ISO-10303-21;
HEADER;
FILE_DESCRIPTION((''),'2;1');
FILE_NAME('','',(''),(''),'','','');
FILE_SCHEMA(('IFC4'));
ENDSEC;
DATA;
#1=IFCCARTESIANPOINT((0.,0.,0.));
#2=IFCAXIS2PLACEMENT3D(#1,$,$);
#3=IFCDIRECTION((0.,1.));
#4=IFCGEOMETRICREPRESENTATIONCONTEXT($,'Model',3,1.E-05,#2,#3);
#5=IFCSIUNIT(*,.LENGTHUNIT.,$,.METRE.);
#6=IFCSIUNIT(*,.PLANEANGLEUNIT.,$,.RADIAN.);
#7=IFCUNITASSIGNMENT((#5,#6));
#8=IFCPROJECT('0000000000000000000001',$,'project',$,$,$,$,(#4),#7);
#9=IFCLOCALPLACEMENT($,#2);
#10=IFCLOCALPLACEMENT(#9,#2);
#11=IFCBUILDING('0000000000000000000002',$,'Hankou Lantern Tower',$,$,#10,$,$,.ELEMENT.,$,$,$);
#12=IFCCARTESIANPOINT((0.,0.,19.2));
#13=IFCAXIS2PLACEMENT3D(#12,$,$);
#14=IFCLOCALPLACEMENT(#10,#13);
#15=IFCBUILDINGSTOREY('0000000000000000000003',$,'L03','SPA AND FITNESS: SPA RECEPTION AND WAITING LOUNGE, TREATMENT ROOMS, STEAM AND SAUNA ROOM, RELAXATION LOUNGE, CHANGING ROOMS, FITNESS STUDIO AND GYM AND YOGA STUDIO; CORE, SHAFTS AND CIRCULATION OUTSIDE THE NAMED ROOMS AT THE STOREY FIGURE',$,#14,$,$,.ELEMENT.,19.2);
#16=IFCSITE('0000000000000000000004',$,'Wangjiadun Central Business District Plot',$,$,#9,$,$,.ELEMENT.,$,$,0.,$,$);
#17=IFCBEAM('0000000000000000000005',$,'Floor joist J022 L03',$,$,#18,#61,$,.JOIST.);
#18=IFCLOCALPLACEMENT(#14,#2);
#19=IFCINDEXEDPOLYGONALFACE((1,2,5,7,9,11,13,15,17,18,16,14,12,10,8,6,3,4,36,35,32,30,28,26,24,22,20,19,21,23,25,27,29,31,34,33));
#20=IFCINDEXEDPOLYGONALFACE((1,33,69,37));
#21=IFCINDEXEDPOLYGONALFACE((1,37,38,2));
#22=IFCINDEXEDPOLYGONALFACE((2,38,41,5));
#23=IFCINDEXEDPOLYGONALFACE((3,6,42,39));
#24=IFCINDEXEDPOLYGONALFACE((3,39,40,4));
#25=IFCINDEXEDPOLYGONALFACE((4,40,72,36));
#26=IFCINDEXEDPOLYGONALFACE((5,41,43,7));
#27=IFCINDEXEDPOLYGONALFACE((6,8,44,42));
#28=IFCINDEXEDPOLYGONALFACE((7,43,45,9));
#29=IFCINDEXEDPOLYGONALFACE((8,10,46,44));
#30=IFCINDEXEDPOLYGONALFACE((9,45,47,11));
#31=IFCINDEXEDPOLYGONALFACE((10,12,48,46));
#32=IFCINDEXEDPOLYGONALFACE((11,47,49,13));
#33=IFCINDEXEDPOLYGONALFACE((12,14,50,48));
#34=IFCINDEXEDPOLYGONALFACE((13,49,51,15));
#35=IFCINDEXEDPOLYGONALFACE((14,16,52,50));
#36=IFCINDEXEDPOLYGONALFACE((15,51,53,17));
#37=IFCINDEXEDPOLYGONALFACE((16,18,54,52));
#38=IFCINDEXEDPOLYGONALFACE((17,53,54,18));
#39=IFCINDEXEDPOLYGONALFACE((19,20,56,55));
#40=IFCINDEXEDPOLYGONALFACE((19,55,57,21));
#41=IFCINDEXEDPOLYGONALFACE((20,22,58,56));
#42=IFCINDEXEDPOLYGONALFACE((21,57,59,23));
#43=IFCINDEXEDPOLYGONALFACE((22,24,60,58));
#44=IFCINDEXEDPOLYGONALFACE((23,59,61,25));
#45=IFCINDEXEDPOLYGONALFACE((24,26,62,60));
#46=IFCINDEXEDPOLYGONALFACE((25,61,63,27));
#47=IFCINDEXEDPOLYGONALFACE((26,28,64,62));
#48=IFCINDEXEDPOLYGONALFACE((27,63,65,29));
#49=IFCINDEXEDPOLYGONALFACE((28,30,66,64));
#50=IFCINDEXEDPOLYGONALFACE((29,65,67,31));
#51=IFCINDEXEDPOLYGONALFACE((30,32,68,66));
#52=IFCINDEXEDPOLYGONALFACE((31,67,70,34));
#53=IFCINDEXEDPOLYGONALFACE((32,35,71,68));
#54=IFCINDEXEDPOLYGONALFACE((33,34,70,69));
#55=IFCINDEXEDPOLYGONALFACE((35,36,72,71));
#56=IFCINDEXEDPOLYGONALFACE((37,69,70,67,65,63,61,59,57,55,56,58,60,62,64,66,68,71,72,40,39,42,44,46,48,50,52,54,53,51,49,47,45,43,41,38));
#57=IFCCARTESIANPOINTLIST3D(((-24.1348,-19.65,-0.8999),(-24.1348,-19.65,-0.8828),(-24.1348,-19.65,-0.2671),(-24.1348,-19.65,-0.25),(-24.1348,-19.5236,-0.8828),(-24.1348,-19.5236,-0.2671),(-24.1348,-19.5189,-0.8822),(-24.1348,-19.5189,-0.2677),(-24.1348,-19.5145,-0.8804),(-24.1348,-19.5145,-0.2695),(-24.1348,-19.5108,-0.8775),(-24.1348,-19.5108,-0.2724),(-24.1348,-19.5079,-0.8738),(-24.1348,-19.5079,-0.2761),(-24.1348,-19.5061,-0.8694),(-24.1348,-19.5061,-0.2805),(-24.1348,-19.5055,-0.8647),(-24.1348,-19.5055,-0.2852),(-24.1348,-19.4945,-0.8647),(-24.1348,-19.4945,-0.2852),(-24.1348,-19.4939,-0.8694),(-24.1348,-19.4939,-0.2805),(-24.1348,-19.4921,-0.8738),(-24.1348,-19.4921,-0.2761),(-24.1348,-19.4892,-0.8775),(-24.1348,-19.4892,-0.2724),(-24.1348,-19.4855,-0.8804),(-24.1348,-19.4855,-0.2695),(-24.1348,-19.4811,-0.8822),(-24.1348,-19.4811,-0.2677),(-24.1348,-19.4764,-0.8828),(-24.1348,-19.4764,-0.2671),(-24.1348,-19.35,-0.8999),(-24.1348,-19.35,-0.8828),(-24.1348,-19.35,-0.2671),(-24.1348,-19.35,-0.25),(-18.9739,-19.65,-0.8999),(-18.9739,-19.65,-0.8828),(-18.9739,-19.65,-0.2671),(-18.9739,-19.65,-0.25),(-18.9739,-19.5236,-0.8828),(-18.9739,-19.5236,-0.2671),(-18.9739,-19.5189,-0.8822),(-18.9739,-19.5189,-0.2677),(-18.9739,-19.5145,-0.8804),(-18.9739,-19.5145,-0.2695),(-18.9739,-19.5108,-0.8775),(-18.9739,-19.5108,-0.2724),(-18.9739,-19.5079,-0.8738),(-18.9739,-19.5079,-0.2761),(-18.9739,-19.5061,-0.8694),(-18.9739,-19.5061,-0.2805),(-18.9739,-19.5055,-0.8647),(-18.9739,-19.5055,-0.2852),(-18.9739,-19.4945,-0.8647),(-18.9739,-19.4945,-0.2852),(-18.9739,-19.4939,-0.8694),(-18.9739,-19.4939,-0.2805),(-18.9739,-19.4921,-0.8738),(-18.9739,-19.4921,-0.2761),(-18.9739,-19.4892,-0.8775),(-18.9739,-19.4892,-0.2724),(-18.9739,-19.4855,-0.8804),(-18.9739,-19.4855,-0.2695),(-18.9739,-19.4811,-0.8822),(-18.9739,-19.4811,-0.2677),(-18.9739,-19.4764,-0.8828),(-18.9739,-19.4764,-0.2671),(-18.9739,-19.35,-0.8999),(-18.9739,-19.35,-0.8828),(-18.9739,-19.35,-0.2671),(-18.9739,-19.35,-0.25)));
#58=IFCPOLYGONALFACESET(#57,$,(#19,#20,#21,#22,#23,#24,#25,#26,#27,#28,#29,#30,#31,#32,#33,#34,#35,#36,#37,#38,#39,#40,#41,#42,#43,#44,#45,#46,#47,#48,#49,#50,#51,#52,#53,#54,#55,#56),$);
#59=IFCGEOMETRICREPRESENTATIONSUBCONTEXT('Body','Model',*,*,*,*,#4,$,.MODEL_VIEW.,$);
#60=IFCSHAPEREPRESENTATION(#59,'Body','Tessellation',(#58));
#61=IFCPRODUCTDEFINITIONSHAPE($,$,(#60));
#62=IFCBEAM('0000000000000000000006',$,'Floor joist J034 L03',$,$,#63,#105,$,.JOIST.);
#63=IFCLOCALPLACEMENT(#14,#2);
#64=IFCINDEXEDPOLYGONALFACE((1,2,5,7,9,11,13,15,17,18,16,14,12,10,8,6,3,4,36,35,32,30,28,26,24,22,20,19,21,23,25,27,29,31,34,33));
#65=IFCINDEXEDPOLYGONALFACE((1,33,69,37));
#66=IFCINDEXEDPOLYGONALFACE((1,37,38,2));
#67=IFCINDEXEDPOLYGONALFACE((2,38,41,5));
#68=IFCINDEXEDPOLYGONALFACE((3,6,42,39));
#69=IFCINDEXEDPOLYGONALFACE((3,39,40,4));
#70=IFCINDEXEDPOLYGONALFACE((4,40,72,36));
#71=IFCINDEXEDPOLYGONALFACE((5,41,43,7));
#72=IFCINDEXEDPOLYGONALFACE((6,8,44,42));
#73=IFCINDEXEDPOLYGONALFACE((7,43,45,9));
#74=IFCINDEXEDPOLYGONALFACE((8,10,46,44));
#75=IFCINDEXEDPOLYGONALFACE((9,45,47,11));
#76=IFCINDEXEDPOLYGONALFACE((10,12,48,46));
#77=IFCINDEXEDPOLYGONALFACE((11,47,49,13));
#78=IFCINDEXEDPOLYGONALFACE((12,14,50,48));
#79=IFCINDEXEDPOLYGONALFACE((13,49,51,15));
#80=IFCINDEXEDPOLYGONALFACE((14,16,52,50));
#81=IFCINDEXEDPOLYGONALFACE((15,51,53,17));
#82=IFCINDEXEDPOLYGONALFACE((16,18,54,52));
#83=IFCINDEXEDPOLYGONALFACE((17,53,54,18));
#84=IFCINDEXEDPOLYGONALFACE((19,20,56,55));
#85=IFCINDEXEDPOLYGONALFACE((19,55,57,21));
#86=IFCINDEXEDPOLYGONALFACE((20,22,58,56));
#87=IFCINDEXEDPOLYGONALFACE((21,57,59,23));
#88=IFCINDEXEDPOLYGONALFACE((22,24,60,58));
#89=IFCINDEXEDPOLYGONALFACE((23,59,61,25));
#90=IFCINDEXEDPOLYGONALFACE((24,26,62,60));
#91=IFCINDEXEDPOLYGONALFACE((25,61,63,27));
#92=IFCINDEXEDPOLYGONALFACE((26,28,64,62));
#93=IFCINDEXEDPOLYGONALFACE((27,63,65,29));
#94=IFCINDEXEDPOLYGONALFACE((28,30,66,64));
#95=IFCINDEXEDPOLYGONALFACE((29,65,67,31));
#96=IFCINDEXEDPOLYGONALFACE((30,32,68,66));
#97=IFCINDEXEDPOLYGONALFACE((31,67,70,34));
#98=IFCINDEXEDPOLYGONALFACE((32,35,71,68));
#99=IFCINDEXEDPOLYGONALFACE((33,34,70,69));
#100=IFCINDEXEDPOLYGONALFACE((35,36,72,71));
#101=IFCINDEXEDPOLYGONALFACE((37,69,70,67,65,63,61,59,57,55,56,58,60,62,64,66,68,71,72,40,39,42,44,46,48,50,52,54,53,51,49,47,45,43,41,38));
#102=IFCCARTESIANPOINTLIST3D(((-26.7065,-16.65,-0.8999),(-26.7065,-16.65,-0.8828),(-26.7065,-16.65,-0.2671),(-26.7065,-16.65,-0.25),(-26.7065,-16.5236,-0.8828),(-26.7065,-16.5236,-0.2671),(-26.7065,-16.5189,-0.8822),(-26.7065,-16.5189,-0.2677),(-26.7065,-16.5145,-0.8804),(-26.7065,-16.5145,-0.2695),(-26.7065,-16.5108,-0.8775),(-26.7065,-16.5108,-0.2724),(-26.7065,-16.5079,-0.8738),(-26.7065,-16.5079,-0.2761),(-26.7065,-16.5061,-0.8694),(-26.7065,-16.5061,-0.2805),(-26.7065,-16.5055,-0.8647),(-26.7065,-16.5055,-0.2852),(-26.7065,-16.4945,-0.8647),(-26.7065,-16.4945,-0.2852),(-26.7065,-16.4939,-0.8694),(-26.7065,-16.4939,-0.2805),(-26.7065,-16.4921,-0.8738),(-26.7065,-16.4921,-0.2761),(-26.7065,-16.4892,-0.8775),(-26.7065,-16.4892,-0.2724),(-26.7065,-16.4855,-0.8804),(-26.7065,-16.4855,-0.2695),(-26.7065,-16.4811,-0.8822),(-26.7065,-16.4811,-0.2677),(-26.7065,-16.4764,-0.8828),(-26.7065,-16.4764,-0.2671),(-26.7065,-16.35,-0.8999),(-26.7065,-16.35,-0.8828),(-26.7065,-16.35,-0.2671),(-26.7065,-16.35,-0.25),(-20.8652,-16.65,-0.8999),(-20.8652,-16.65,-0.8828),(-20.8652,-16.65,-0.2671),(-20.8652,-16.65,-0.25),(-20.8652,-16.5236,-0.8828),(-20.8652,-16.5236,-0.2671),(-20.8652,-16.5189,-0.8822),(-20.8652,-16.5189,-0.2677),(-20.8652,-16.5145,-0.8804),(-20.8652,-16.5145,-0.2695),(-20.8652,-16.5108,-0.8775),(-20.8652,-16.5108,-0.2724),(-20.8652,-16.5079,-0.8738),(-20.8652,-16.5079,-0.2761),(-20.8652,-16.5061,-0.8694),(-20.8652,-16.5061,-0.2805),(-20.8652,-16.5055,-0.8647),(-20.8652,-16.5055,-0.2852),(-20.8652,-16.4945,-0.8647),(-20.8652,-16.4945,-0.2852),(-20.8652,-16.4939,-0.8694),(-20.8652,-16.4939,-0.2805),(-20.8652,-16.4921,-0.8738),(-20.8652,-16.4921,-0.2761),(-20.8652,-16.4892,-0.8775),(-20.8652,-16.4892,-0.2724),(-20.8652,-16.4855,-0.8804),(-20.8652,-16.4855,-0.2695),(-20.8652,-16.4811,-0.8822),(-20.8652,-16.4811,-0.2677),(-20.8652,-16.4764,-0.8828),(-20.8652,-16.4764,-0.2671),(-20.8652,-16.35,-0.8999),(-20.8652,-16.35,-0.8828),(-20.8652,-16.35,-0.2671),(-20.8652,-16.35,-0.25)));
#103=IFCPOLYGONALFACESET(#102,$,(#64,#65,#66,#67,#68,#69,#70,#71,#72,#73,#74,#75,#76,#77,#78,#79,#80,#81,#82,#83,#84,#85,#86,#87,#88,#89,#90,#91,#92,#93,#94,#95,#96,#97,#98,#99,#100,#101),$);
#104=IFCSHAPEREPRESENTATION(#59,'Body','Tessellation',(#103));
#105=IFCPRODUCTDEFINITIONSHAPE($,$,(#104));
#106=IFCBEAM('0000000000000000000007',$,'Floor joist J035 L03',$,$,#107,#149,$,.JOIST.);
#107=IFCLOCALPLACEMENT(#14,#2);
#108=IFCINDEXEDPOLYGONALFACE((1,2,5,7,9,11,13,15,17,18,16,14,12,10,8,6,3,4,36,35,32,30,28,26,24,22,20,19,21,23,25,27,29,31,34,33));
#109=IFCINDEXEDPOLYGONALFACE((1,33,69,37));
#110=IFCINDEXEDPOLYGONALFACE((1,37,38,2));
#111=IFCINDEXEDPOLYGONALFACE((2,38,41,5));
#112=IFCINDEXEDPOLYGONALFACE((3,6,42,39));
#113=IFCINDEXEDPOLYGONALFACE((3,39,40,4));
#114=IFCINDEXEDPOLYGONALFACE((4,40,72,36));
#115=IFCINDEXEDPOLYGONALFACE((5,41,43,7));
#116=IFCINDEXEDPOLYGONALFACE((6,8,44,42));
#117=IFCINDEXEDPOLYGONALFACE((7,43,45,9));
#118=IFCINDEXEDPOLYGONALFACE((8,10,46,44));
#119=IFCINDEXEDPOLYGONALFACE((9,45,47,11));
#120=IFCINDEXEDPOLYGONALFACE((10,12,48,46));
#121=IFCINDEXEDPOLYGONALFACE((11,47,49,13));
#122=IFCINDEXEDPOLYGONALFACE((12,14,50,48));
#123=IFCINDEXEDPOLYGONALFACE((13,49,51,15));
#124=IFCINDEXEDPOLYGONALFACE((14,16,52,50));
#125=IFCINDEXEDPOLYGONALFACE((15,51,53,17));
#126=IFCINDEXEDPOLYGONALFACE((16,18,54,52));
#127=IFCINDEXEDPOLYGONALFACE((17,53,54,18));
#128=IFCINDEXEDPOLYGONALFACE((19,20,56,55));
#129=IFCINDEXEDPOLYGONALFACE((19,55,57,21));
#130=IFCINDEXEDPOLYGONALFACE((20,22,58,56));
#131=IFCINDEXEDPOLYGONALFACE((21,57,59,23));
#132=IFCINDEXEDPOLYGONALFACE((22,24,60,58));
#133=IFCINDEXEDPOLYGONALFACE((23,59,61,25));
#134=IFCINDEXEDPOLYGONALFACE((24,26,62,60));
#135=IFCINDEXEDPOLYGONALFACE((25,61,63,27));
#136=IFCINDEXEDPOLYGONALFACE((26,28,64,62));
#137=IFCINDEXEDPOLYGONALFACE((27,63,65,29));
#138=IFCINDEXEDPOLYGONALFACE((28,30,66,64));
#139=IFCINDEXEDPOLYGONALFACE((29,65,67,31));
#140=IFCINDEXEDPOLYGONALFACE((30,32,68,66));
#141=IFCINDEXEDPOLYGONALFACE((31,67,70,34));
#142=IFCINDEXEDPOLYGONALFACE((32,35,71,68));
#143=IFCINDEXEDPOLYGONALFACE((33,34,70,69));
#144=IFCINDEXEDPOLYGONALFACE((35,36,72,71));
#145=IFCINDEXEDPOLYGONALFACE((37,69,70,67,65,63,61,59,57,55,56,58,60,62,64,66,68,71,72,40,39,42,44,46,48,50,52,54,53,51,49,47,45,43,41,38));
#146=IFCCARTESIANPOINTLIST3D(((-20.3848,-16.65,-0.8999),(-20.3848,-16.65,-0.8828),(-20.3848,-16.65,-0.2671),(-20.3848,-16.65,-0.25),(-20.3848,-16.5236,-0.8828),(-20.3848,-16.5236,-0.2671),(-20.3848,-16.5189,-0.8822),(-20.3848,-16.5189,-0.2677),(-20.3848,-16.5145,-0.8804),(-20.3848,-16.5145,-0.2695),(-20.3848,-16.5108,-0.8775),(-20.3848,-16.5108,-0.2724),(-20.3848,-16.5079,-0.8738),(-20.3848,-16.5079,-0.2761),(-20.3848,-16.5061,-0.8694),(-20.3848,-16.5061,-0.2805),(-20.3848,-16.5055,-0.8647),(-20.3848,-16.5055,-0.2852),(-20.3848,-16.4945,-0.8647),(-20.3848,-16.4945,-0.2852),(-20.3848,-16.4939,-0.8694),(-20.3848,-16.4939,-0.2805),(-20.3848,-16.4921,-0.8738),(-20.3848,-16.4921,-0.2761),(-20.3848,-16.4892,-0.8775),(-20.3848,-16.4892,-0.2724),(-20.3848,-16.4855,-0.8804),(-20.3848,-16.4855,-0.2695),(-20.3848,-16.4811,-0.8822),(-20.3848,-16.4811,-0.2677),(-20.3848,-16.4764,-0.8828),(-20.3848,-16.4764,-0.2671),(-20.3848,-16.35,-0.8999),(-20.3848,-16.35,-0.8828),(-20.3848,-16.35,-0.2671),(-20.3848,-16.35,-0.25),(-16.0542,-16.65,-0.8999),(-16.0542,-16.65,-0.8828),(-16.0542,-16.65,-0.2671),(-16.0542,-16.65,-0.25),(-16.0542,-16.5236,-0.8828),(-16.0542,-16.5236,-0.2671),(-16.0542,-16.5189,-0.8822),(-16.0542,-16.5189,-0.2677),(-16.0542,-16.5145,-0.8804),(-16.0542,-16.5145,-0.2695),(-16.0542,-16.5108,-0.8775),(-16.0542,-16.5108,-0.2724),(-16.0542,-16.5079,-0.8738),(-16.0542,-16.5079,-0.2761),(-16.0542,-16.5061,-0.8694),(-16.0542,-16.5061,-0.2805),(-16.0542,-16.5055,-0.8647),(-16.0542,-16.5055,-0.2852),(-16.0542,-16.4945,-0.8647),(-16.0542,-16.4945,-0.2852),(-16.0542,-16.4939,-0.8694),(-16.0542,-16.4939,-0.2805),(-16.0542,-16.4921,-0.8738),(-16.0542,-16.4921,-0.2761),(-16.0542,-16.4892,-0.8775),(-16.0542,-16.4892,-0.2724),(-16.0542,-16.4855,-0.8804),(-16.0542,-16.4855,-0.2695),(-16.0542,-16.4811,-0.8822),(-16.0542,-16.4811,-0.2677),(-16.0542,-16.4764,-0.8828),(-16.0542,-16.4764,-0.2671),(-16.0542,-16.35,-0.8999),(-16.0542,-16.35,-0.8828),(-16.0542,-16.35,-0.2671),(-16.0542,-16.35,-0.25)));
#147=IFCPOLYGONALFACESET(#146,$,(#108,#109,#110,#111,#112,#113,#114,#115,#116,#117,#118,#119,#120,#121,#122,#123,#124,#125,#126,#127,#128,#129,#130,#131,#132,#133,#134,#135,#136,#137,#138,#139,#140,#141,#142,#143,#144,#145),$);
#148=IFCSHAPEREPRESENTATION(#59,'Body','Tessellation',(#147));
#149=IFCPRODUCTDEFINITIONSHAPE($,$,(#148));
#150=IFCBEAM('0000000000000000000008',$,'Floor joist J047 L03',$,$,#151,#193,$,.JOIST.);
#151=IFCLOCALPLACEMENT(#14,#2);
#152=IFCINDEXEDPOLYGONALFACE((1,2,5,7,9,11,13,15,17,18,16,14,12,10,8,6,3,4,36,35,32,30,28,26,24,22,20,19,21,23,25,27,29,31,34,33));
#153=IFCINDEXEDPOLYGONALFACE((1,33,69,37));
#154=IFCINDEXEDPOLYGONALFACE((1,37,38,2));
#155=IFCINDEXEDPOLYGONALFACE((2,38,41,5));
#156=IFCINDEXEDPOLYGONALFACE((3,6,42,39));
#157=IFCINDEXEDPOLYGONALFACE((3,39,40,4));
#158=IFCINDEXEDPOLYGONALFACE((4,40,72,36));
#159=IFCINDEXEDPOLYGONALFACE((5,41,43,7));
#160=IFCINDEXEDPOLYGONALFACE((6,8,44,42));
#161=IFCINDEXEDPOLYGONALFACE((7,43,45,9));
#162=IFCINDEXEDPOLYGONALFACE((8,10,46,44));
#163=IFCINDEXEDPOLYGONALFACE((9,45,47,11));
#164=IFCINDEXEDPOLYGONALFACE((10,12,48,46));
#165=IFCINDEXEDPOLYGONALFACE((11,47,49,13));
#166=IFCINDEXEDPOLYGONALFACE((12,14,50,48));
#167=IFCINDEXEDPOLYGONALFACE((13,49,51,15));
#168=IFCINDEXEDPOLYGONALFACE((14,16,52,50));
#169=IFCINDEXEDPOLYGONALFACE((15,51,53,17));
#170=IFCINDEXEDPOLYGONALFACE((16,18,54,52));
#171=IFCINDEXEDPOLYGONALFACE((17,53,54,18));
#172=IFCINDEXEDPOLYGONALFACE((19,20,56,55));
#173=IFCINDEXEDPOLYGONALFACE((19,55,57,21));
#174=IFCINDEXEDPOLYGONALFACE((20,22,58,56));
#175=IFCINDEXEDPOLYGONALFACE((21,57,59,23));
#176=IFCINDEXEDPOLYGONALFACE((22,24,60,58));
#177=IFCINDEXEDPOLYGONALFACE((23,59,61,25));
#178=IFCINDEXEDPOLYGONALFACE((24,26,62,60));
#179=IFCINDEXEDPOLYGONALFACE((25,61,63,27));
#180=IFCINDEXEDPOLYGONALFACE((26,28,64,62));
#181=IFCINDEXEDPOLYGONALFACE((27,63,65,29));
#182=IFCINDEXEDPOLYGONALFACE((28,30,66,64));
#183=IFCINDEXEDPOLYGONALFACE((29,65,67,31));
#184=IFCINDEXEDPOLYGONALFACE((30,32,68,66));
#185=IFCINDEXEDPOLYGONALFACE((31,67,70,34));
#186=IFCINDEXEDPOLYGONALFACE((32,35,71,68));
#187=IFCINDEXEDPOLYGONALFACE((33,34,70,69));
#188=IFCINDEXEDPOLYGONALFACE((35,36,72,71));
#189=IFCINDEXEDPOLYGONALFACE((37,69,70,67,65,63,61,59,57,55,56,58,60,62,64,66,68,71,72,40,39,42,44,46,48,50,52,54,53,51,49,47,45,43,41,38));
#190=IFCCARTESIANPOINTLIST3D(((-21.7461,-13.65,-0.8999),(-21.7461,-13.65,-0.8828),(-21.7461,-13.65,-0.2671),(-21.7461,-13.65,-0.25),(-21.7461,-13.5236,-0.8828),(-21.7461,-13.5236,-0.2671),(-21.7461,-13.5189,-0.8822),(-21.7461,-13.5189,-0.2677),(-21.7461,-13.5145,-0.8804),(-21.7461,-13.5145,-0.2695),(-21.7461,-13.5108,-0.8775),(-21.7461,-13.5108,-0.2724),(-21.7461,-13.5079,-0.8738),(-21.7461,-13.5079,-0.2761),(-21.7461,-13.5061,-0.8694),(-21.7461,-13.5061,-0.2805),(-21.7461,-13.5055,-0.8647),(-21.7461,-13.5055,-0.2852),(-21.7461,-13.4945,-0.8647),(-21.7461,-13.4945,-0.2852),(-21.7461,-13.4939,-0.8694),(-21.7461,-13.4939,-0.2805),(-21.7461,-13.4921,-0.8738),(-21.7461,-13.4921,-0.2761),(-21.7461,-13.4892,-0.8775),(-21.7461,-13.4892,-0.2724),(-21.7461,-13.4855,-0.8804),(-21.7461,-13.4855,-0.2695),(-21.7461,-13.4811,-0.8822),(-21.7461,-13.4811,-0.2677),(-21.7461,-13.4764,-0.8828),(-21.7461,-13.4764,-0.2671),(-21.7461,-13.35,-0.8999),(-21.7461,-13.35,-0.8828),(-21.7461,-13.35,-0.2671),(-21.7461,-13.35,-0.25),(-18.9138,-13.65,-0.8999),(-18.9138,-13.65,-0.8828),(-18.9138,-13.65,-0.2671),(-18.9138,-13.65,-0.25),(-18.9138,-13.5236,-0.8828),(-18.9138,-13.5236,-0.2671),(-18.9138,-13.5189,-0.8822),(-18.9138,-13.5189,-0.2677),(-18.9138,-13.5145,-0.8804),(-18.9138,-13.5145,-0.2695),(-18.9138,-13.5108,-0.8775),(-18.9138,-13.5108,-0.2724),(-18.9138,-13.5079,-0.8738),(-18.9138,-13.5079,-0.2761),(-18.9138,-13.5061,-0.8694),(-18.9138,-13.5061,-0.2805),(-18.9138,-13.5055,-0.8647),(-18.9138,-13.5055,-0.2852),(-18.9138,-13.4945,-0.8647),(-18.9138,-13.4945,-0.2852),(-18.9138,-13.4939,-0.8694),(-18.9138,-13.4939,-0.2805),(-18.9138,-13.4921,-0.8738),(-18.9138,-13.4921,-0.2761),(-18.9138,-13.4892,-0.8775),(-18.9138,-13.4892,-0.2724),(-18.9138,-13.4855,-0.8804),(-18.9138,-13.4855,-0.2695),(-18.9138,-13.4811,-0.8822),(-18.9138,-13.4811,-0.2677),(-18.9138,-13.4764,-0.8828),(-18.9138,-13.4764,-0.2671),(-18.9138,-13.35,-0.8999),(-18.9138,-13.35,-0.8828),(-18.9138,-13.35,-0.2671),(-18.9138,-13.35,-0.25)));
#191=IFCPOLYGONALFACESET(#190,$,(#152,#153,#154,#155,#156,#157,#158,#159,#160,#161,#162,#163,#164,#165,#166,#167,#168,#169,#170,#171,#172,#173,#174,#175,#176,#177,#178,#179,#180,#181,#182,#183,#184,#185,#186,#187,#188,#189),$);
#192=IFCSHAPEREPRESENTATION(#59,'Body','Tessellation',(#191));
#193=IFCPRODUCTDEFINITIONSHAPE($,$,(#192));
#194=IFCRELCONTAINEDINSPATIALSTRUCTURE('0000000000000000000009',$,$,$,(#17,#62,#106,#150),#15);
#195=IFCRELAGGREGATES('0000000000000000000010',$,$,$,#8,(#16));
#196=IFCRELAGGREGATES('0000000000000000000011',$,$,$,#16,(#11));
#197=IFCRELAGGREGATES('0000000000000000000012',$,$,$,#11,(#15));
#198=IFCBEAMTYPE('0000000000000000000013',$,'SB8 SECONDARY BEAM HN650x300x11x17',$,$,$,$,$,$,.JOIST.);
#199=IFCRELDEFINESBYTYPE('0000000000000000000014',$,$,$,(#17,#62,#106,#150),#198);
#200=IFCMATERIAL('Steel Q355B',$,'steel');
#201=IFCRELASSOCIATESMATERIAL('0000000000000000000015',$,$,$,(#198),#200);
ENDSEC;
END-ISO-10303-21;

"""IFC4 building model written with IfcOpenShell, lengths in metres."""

from ifc_helpers import new_model, si_unit, direction, frame, origin, origin_2d, place, context, subcontext, project, spatial, i_section, extrude, material, material_profile, profile_set, type_object, element, save


model = new_model("IFC4")

# Units and contexts
model_context = context("Model", 3, precision=1e-05, world=origin(), true_north=direction((0.0, 1.0)))
body_context = subcontext(model_context, "Body", "Model", "MODEL_VIEW")
ifc_project = project(units=[si_unit("LENGTHUNIT", "METRE"), si_unit("PLANEANGLEUNIT", "RADIAN")], contexts=[model_context])

# Site, building, storey
site_placement = place(None, origin())
site = spatial("IfcSite", under=ifc_project, at=site_placement, Name="Wangjiadun Central Business District Plot", CompositionType="ELEMENT", RefElevation=0.0)
building_placement = place(site_placement, origin())
building = spatial("IfcBuilding", under=site, at=building_placement, Name="Hankou Lantern Tower", CompositionType="ELEMENT")
storey_placement = place(building_placement, frame((0.0, 0.0, 19.2)))
storey = spatial("IfcBuildingStorey", under=building, at=storey_placement, Name="L03", Description="SPA AND FITNESS: SPA RECEPTION AND WAITING LOUNGE, TREATMENT ROOMS, STEAM AND SAUNA ROOM, RELAXATION LOUNGE, CHANGING ROOMS, FITNESS STUDIO AND GYM AND YOGA STUDIO; CORE, SHAFTS AND CIRCULATION OUTSIDE THE NAMED ROOMS AT THE STOREY FIGURE", CompositionType="ELEMENT", Elevation=19.2)

# Beams
ifc_material_1 = material(Name="Steel Q355B", Category="steel")
ifc_material_profile_1 = material_profile(ifc_material_1, i_section(OverallWidth=0.3, OverallDepth=0.6499, WebThickness=0.011, FlangeThickness=0.0171, FilletRadius=0.0181, at=origin_2d()), Name="HN650x300x11x17")
ifc_profile_set_1 = profile_set([ifc_material_profile_1], Name="Steel Q355B")
beam_type_1 = type_object("IfcBeamType", Name="SB8 SECONDARY BEAM HN650x300x11x17", PredefinedType="JOIST", material=ifc_profile_set_1)
beam_1_placement = place(storey_placement, frame((-24.1348, -19.5, -0.575), z_axis=(1.0, 0.0, 0.0), x_axis=(0.0, 1.0, 0.0)))
element("IfcBeam", 1, at=beam_1_placement, inside=storey, type_object=beam_type_1, Name="Floor joist J022 L03", PredefinedType="JOIST", context=body_context, shape_type="SweptSolid", body=[
    extrude(i_section(OverallWidth=0.3, OverallDepth=0.6499, WebThickness=0.011, FlangeThickness=0.0171, FilletRadius=0.0181, at=origin_2d()), origin(), (0.0, 0.0, 1.0), 5.1609),
])
beam_2_placement = place(storey_placement, frame((-26.7065, -16.5, -0.575), z_axis=(1.0, 0.0, 0.0), x_axis=(0.0, 1.0, 0.0)))
element("IfcBeam", 2, at=beam_2_placement, inside=storey, type_object=beam_type_1, Name="Floor joist J034 L03", PredefinedType="JOIST", context=body_context, shape_type="SweptSolid", body=[
    extrude(i_section(OverallWidth=0.3, OverallDepth=0.6499, WebThickness=0.011, FlangeThickness=0.0171, FilletRadius=0.0181, at=origin_2d()), origin(), (0.0, 0.0, 1.0), 5.8413),
])
beam_3_placement = place(storey_placement, frame((-20.3848, -16.5, -0.575), z_axis=(1.0, 0.0, 0.0), x_axis=(0.0, 1.0, 0.0)))
element("IfcBeam", 3, at=beam_3_placement, inside=storey, type_object=beam_type_1, Name="Floor joist J035 L03", PredefinedType="JOIST", context=body_context, shape_type="SweptSolid", body=[
    extrude(i_section(OverallWidth=0.3, OverallDepth=0.6499, WebThickness=0.011, FlangeThickness=0.0171, FilletRadius=0.0181, at=origin_2d()), origin(), (0.0, 0.0, 1.0), 4.3306),
])
beam_4_placement = place(storey_placement, frame((-21.7461, -13.5, -0.575), z_axis=(1.0, 0.0, 0.0), x_axis=(0.0, 1.0, 0.0)))
element("IfcBeam", 4, at=beam_4_placement, inside=storey, type_object=beam_type_1, Name="Floor joist J047 L03", PredefinedType="JOIST", context=body_context, shape_type="SweptSolid", body=[
    extrude(i_section(OverallWidth=0.3, OverallDepth=0.6499, WebThickness=0.011, FlangeThickness=0.0171, FilletRadius=0.0181, at=origin_2d()), origin(), (0.0, 0.0, 1.0), 2.8323),
])

save(model, "model.ifc")
